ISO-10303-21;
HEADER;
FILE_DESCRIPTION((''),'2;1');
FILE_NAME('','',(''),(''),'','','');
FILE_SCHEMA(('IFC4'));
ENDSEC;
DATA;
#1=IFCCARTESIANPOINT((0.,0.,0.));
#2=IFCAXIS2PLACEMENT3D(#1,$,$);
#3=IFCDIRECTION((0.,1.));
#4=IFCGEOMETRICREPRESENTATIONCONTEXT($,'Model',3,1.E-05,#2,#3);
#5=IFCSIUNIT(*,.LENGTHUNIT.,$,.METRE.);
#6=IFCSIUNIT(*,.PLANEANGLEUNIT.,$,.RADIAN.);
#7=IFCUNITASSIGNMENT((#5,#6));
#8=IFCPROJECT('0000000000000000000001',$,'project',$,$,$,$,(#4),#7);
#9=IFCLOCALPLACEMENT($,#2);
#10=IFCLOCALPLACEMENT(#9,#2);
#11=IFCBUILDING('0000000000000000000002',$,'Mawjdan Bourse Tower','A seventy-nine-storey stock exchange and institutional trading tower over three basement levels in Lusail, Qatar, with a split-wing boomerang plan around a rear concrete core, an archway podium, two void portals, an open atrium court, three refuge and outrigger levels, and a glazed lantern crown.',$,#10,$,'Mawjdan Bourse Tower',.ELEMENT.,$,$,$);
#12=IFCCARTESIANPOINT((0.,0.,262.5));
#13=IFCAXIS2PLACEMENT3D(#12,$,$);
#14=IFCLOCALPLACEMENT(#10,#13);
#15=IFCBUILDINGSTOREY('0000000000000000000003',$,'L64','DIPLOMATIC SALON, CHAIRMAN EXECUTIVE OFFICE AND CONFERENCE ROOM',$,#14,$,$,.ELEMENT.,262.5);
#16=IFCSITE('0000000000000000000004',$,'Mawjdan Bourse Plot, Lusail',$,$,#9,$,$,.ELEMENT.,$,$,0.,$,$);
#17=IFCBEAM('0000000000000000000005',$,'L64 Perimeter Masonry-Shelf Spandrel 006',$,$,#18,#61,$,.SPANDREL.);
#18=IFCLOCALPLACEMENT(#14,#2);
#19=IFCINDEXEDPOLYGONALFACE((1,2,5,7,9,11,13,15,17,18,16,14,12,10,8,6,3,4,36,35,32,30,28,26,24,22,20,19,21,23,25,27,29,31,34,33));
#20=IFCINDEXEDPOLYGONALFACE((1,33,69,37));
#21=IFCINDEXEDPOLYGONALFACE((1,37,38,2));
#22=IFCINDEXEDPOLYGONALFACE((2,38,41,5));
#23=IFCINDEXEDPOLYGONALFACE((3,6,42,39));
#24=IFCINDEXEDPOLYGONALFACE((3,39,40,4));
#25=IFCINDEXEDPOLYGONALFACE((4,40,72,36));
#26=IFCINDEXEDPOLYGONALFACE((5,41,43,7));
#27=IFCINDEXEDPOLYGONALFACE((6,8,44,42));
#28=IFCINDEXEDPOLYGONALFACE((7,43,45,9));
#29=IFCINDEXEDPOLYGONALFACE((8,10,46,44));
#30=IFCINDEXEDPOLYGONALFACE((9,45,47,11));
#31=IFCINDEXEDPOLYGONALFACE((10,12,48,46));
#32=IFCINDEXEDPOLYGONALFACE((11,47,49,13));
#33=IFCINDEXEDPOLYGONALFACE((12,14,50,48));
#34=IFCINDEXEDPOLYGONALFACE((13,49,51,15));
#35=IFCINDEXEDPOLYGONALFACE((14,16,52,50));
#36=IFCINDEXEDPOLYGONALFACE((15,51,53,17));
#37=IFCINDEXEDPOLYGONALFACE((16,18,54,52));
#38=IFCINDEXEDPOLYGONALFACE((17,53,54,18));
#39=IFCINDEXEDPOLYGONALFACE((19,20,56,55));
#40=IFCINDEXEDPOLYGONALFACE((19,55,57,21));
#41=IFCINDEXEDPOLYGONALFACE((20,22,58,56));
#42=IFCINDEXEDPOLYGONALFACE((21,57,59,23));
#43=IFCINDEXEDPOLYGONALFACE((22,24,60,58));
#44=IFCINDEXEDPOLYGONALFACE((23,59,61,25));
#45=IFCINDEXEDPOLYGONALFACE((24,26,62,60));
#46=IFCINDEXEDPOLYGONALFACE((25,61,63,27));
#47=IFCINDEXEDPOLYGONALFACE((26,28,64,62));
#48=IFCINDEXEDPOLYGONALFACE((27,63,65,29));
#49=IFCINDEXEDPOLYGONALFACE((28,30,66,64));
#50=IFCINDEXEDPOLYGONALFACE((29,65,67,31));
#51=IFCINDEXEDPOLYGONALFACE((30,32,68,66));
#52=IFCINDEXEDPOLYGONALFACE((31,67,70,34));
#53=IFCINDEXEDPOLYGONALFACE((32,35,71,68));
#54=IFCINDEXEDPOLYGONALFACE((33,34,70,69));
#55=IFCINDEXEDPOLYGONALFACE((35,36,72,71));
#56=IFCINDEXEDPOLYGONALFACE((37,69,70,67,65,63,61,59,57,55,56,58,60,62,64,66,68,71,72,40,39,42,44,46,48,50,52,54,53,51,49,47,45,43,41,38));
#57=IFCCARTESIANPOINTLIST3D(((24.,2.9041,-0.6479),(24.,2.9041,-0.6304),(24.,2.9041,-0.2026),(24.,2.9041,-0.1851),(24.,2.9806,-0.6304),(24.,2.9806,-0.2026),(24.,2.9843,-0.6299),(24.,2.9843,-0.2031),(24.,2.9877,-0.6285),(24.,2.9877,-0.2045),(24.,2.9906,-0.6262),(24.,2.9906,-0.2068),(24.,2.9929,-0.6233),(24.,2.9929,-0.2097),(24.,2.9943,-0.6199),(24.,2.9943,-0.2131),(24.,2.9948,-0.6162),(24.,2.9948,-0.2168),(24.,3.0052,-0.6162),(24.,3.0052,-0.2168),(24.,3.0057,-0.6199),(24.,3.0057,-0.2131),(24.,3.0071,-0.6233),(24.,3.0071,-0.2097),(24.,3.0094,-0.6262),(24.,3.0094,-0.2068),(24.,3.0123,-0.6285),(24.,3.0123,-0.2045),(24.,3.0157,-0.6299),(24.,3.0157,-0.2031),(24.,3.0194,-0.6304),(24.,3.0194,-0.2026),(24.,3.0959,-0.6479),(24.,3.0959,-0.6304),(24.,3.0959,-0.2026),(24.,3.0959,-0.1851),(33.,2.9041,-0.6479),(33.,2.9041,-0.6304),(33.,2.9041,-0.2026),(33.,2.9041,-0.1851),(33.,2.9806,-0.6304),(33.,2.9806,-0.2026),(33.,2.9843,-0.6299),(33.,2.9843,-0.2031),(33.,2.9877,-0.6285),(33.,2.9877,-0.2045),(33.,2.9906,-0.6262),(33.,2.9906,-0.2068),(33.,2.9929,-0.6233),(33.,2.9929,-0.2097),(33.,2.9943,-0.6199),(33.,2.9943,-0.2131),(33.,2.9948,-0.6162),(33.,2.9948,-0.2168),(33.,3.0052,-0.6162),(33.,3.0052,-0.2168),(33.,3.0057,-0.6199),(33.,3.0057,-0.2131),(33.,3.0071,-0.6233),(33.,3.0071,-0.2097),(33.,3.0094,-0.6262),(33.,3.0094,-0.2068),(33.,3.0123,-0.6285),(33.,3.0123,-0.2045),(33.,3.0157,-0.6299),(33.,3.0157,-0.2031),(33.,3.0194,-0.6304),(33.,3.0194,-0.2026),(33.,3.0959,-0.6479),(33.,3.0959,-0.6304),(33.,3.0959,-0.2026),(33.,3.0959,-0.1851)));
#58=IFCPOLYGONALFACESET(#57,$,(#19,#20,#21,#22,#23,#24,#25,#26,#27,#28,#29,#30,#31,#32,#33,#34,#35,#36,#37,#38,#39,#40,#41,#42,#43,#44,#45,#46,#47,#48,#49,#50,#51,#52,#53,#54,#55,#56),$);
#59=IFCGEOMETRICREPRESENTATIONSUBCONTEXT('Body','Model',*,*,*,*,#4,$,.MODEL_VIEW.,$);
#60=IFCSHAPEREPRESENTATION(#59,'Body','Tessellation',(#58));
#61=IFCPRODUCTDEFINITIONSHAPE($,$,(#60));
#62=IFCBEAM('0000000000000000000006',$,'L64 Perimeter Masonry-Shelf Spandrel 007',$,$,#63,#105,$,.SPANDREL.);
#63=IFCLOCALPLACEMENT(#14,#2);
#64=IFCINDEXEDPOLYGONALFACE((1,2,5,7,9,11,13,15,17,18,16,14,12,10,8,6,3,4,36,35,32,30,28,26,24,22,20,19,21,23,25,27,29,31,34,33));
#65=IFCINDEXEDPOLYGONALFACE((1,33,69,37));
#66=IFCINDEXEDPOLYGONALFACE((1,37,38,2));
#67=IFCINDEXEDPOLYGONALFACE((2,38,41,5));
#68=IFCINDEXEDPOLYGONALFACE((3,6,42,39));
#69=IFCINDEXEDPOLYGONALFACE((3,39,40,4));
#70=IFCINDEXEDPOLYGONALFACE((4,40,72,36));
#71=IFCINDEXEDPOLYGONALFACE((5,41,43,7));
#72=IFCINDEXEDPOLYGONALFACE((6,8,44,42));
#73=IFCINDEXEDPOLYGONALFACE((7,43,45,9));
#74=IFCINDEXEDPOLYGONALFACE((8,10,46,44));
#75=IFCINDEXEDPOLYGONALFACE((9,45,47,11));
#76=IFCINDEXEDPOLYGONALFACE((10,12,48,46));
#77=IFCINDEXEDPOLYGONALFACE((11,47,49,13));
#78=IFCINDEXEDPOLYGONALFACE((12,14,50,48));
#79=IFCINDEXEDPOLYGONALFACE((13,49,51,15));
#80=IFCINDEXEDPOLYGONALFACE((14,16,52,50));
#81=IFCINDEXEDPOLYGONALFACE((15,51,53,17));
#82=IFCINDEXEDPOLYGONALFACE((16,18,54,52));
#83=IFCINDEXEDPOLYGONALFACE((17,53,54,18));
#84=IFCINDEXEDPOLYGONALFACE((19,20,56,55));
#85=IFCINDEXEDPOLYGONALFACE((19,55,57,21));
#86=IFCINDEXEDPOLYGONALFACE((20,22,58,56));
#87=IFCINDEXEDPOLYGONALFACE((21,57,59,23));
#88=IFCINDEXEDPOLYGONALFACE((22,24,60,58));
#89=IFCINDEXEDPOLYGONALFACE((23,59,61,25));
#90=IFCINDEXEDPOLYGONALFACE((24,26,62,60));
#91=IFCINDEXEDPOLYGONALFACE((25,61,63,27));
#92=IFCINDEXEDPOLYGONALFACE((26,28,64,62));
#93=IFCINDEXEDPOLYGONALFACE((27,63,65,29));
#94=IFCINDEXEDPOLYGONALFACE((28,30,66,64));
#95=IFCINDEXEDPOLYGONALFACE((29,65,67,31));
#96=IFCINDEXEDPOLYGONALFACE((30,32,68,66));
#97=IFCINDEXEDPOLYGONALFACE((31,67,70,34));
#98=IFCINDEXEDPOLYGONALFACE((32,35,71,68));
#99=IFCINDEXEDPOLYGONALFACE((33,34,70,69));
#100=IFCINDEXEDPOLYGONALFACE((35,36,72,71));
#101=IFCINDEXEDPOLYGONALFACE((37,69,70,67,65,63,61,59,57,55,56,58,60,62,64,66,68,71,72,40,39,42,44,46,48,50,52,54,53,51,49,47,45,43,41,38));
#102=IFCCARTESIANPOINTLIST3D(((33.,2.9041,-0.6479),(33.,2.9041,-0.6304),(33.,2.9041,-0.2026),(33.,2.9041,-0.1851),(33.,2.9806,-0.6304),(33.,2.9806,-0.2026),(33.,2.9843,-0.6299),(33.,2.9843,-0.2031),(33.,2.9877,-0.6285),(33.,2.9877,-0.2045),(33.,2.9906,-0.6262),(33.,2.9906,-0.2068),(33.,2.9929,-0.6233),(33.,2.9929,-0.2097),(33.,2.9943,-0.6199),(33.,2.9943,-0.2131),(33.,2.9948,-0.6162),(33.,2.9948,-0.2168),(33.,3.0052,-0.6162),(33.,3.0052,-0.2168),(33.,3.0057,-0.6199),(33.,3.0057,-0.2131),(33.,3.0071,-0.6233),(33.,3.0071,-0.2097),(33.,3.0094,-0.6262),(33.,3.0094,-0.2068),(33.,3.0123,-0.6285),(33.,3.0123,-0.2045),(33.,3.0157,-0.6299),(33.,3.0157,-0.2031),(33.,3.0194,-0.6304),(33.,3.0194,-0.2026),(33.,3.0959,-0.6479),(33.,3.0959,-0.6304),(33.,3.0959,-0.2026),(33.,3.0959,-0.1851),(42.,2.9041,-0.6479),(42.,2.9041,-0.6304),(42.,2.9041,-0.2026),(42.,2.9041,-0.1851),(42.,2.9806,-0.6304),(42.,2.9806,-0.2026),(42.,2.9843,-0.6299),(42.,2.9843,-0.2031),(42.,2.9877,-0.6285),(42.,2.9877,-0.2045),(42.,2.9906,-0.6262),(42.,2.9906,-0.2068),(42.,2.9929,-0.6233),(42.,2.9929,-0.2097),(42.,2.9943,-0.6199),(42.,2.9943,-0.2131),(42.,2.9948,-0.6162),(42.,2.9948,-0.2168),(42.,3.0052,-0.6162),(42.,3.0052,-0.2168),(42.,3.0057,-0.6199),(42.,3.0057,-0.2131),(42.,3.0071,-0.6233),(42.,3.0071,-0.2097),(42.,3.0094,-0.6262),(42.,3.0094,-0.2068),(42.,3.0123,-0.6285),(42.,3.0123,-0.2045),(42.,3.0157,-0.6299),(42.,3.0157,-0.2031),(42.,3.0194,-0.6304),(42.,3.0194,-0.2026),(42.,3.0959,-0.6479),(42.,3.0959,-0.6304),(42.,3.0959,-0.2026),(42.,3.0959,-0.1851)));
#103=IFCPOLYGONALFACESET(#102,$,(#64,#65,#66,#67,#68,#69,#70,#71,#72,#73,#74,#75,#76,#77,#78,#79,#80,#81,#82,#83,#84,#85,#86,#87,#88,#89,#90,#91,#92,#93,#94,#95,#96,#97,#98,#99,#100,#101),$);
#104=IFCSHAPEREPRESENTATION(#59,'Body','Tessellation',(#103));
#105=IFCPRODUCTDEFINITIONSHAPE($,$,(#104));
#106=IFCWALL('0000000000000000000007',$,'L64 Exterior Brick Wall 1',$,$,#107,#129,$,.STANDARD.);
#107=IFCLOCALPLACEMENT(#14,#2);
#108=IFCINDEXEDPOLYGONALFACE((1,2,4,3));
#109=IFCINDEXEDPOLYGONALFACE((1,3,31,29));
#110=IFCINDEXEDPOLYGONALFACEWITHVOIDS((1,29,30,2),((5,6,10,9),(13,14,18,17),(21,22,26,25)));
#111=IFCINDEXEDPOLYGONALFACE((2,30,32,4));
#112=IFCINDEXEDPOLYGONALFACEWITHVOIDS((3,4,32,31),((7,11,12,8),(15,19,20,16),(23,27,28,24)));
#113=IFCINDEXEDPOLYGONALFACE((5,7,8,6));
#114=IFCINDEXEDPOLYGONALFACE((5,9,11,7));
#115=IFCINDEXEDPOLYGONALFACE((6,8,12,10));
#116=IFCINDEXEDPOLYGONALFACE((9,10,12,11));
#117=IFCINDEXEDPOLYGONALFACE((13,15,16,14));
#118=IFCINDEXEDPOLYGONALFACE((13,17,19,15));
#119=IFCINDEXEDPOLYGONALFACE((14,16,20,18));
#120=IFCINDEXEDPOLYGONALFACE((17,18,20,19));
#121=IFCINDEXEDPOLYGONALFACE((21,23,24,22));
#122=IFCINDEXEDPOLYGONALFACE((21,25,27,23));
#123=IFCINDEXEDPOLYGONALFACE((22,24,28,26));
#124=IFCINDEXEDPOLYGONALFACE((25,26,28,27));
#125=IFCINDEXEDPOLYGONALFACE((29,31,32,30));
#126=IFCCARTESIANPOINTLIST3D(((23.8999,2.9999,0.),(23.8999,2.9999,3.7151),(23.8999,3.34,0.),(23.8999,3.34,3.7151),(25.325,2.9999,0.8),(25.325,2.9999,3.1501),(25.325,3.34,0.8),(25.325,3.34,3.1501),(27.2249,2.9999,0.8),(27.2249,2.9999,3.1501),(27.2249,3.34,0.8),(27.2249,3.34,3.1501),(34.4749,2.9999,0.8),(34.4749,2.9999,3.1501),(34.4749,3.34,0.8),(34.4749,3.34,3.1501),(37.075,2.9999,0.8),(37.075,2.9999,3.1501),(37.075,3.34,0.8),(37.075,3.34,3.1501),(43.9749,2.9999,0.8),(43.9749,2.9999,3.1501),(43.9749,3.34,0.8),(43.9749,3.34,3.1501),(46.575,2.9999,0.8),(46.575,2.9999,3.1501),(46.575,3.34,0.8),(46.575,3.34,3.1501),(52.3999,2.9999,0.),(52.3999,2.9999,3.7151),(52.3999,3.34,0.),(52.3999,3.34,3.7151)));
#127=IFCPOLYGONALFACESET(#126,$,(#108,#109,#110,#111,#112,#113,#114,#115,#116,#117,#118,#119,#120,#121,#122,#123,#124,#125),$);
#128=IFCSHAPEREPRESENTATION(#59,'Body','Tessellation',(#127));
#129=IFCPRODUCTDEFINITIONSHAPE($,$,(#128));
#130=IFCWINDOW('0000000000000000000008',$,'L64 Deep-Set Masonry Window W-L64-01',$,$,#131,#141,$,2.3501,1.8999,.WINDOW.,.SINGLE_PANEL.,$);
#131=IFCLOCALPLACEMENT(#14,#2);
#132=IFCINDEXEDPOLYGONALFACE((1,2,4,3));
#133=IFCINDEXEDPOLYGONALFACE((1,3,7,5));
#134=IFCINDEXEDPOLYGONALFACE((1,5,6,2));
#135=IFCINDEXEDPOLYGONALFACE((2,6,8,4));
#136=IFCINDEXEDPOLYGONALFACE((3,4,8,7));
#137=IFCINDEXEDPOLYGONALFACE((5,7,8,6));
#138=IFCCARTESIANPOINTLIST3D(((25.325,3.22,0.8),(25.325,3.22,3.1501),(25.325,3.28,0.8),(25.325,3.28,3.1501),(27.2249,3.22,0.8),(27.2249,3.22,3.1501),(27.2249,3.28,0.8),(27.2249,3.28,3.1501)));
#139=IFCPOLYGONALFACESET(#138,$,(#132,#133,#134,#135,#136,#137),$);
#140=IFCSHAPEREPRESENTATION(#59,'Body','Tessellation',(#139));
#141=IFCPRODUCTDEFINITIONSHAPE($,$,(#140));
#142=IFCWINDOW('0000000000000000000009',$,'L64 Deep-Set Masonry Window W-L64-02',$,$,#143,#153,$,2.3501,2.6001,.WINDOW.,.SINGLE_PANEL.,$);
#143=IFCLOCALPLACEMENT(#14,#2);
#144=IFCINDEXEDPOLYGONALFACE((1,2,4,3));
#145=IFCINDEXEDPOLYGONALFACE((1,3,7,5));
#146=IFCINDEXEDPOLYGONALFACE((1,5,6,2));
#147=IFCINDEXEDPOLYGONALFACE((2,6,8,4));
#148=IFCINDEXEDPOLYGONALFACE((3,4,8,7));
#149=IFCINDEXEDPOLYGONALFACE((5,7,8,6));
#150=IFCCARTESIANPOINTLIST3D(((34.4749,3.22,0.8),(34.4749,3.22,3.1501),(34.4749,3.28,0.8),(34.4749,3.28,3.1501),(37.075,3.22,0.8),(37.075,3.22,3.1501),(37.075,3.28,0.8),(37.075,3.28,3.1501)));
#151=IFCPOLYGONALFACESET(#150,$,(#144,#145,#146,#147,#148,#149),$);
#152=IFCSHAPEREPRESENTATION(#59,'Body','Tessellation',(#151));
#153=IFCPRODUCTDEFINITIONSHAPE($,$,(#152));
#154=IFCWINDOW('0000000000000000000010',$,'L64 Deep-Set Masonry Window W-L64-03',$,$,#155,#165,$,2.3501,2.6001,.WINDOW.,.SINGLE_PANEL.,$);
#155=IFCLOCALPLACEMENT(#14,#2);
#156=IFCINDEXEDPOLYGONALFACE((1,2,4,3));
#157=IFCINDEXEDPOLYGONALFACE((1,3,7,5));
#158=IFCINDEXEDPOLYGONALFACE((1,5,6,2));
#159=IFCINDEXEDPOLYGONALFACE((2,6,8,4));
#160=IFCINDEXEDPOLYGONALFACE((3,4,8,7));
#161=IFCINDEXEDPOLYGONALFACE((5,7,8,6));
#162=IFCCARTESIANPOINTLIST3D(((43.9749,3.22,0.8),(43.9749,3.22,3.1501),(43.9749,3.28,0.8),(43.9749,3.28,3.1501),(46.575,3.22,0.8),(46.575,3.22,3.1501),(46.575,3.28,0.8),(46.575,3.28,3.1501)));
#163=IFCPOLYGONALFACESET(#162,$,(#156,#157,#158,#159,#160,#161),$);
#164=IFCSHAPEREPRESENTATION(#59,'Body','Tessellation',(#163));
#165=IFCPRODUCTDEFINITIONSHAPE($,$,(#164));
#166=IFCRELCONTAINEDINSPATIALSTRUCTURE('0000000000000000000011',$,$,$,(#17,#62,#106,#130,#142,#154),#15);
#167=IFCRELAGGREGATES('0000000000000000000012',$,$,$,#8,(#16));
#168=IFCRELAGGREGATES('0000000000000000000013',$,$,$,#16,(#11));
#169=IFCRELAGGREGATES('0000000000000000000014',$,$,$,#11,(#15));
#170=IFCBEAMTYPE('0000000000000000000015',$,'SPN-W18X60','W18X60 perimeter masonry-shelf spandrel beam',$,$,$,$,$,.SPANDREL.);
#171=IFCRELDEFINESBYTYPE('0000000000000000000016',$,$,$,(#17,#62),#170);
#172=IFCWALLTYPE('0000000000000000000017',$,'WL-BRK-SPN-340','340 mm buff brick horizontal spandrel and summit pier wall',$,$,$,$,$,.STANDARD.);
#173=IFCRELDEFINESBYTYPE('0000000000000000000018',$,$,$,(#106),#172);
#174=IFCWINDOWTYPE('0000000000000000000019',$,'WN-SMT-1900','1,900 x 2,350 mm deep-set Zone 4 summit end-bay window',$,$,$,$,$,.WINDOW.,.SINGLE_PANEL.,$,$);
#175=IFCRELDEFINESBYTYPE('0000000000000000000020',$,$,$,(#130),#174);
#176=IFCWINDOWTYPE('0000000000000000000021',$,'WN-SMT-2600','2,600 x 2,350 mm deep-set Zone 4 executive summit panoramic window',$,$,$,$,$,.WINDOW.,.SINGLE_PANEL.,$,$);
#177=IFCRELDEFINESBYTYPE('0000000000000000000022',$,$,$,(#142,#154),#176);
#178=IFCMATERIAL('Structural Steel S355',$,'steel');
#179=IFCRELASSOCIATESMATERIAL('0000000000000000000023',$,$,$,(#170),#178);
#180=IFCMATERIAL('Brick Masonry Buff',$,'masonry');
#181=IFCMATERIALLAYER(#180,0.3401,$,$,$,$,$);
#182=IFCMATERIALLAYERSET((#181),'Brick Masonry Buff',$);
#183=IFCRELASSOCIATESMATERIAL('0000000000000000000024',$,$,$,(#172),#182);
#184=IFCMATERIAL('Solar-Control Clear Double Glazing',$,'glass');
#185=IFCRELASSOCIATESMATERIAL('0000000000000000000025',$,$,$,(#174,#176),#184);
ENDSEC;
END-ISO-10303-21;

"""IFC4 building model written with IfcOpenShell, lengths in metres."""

from ifc_helpers import new_model, si_unit, direction, frame, frame_2d, origin, origin_2d, place, context, subcontext, project, spatial, rectangle, i_section, extrude, material, layer, layer_set, material_profile, profile_set, type_object, element, fill, save


model = new_model("IFC4")

# Units and contexts
model_context = context("Model", 3, precision=1e-05, world=origin(), true_north=direction((0.0, 1.0)))
body_context = subcontext(model_context, "Body", "Model", "MODEL_VIEW")
ifc_project = project(units=[si_unit("LENGTHUNIT", "METRE"), si_unit("PLANEANGLEUNIT", "RADIAN")], contexts=[model_context])

# Site, building, storey
site_placement = place(None, origin())
site = spatial("IfcSite", under=ifc_project, at=site_placement, Name="Mawjdan Bourse Plot, Lusail", CompositionType="ELEMENT", RefElevation=0.0)
building_placement = place(site_placement, origin())
building = spatial("IfcBuilding", under=site, at=building_placement, Name="Mawjdan Bourse Tower", Description="A seventy-nine-storey stock exchange and institutional trading tower over three basement levels in Lusail, Qatar, with a split-wing boomerang plan around a rear concrete core, an archway podium, two void portals, an open atrium court, three refuge and outrigger levels, and a glazed lantern crown.", LongName="Mawjdan Bourse Tower", CompositionType="ELEMENT")
storey_placement = place(building_placement, frame((0.0, 0.0, 262.5)))
storey = spatial("IfcBuildingStorey", under=building, at=storey_placement, Name="L64", Description="DIPLOMATIC SALON, CHAIRMAN EXECUTIVE OFFICE AND CONFERENCE ROOM", CompositionType="ELEMENT", Elevation=262.5)

# Beams
ifc_material_1 = material(Name="Structural Steel S355", Category="steel")
ifc_material_profile_1 = material_profile(ifc_material_1, i_section(OverallWidth=0.1919, OverallDepth=0.4629, WebThickness=0.0105, FlangeThickness=0.0176, FilletRadius=0.0142, at=origin_2d()), Name="W18X60")
ifc_profile_set_1 = profile_set([ifc_material_profile_1], Name="Structural Steel S355")
beam_type_1 = type_object("IfcBeamType", Name="SPN-W18X60", Description="W18X60 perimeter masonry-shelf spandrel beam", PredefinedType="SPANDREL", material=ifc_profile_set_1)
for number, where, z_axis, x_axis, name in (
    (1, (24.0, 3.0, -0.4165), (1.0, 0.0, 0.0), (0.0, 1.0, 0.0), "L64 Perimeter Masonry-Shelf Spandrel 006"),
    (2, (33.0, 3.0, -0.4165), (1.0, 0.0, 0.0), (0.0, 1.0, 0.0), "L64 Perimeter Masonry-Shelf Spandrel 007"),
):
    element("IfcBeam", number, at=place(storey_placement, frame(where, z_axis=z_axis, x_axis=x_axis)), inside=storey, type_object=beam_type_1, Name=name, PredefinedType="SPANDREL", context=body_context, shape_type="SweptSolid", body=[
        extrude(i_section(OverallWidth=0.1919, OverallDepth=0.4629, WebThickness=0.0105, FlangeThickness=0.0176, FilletRadius=0.0142, at=origin_2d()), origin(), (0.0, 0.0, 1.0), 9.0),
    ])

# Wall, openings, windows
ifc_material_2 = material(Name="Brick Masonry Buff", Category="masonry")
ifc_layer_1 = layer(ifc_material_2, 0.3401)
ifc_layer_set_1 = layer_set([ifc_layer_1], Name="Brick Masonry Buff")
wall_type_1 = type_object("IfcWallType", Name="WL-BRK-SPN-340", Description="340 mm buff brick horizontal spandrel and summit pier wall", PredefinedType="STANDARD", material=ifc_layer_set_1)
wall_1_placement = place(storey_placement, frame((23.8999, 3.1699, 0.0), z_axis=(0.0, 0.0, 1.0), x_axis=(1.0, 0.0, 0.0)))
wall_1 = element("IfcWall", 3, at=wall_1_placement, inside=storey, type_object=wall_type_1, Name="L64 Exterior Brick Wall 1", PredefinedType="STANDARD", context=body_context, shape_type="SweptSolid", body=[
    extrude(rectangle(XDim=28.5, YDim=0.3401, at=frame_2d((14.25, 0.0))), origin(), (0.0, 0.0, 1.0), 3.7151),
])
opening_1_placement = place(wall_1_placement, frame((1.425, 0.0, 0.8)))
opening_1 = element("IfcOpeningElement", 4, at=opening_1_placement, cuts=wall_1, PredefinedType="OPENING", context=body_context, shape_type="SweptSolid", body=[
    extrude(rectangle(XDim=1.8999, YDim=2.3501, at=frame_2d((0.95, 1.175))), frame((0.0, 0.1802, 0.0), z_axis=(0.0, -1.0, 0.0), x_axis=(1.0, 0.0, 0.0)), (0.0, 0.0, 1.0), 0.3601),
])
opening_2_placement = place(wall_1_placement, frame((10.575, 0.0, 0.8)))
opening_2 = element("IfcOpeningElement", 5, at=opening_2_placement, cuts=wall_1, PredefinedType="OPENING", context=body_context, shape_type="SweptSolid", body=[
    extrude(rectangle(XDim=2.6001, YDim=2.3501, at=frame_2d((1.3, 1.175))), frame((0.0, 0.1802, 0.0), z_axis=(0.0, -1.0, 0.0), x_axis=(1.0, 0.0, 0.0)), (0.0, 0.0, 1.0), 0.3601),
])
opening_3_placement = place(wall_1_placement, frame((20.075, 0.0, 0.8)))
opening_3 = element("IfcOpeningElement", 6, at=opening_3_placement, cuts=wall_1, PredefinedType="OPENING", context=body_context, shape_type="SweptSolid", body=[
    extrude(rectangle(XDim=2.6001, YDim=2.3501, at=frame_2d((1.3, 1.175))), frame((0.0, 0.1802, 0.0), z_axis=(0.0, -1.0, 0.0), x_axis=(1.0, 0.0, 0.0)), (0.0, 0.0, 1.0), 0.3601),
])
ifc_material_3 = material(Name="Solar-Control Clear Double Glazing", Category="glass")
window_type_1 = type_object("IfcWindowType", Name="WN-SMT-1900", Description="1,900 x 2,350 mm deep-set Zone 4 summit end-bay window", PartitioningType="SINGLE_PANEL", PredefinedType="WINDOW", material=ifc_material_3)
window_1_placement = place(opening_1_placement, origin())
window_1 = element("IfcWindow", 7, at=window_1_placement, inside=storey, type_object=window_type_1, Name="L64 Deep-Set Masonry Window W-L64-01", OverallHeight=2.3501, OverallWidth=1.8999, PartitioningType="SINGLE_PANEL", PredefinedType="WINDOW", context=body_context, shape_type="SweptSolid", body=[
    extrude(rectangle(XDim=1.8999, YDim=2.3501, at=frame_2d((0.95, 1.175))), frame((0.0, 0.1101, 0.0), z_axis=(0.0, -1.0, 0.0), x_axis=(1.0, 0.0, 0.0)), (0.0, 0.0, 1.0), 0.0601),
])
fill(opening_1, window_1)
window_type_2 = type_object("IfcWindowType", Name="WN-SMT-2600", Description="2,600 x 2,350 mm deep-set Zone 4 executive summit panoramic window", PartitioningType="SINGLE_PANEL", PredefinedType="WINDOW", material=ifc_material_3)
window_2_placement = place(opening_2_placement, origin())
window_2 = element("IfcWindow", 8, at=window_2_placement, inside=storey, type_object=window_type_2, Name="L64 Deep-Set Masonry Window W-L64-02", OverallHeight=2.3501, OverallWidth=2.6001, PartitioningType="SINGLE_PANEL", PredefinedType="WINDOW", context=body_context, shape_type="SweptSolid", body=[
    extrude(rectangle(XDim=2.6001, YDim=2.3501, at=frame_2d((1.3, 1.175))), frame((0.0, 0.1101, 0.0), z_axis=(0.0, -1.0, 0.0), x_axis=(1.0, 0.0, 0.0)), (0.0, 0.0, 1.0), 0.0601),
])
fill(opening_2, window_2)
window_3_placement = place(opening_3_placement, origin())
window_3 = element("IfcWindow", 9, at=window_3_placement, inside=storey, type_object=window_type_2, Name="L64 Deep-Set Masonry Window W-L64-03", OverallHeight=2.3501, OverallWidth=2.6001, PartitioningType="SINGLE_PANEL", PredefinedType="WINDOW", context=body_context, shape_type="SweptSolid", body=[
    extrude(rectangle(XDim=2.6001, YDim=2.3501, at=frame_2d((1.3, 1.175))), frame((0.0, 0.1101, 0.0), z_axis=(0.0, -1.0, 0.0), x_axis=(1.0, 0.0, 0.0)), (0.0, 0.0, 1.0), 0.0601),
])
fill(opening_3, window_3)

save(model, "model.ifc")
